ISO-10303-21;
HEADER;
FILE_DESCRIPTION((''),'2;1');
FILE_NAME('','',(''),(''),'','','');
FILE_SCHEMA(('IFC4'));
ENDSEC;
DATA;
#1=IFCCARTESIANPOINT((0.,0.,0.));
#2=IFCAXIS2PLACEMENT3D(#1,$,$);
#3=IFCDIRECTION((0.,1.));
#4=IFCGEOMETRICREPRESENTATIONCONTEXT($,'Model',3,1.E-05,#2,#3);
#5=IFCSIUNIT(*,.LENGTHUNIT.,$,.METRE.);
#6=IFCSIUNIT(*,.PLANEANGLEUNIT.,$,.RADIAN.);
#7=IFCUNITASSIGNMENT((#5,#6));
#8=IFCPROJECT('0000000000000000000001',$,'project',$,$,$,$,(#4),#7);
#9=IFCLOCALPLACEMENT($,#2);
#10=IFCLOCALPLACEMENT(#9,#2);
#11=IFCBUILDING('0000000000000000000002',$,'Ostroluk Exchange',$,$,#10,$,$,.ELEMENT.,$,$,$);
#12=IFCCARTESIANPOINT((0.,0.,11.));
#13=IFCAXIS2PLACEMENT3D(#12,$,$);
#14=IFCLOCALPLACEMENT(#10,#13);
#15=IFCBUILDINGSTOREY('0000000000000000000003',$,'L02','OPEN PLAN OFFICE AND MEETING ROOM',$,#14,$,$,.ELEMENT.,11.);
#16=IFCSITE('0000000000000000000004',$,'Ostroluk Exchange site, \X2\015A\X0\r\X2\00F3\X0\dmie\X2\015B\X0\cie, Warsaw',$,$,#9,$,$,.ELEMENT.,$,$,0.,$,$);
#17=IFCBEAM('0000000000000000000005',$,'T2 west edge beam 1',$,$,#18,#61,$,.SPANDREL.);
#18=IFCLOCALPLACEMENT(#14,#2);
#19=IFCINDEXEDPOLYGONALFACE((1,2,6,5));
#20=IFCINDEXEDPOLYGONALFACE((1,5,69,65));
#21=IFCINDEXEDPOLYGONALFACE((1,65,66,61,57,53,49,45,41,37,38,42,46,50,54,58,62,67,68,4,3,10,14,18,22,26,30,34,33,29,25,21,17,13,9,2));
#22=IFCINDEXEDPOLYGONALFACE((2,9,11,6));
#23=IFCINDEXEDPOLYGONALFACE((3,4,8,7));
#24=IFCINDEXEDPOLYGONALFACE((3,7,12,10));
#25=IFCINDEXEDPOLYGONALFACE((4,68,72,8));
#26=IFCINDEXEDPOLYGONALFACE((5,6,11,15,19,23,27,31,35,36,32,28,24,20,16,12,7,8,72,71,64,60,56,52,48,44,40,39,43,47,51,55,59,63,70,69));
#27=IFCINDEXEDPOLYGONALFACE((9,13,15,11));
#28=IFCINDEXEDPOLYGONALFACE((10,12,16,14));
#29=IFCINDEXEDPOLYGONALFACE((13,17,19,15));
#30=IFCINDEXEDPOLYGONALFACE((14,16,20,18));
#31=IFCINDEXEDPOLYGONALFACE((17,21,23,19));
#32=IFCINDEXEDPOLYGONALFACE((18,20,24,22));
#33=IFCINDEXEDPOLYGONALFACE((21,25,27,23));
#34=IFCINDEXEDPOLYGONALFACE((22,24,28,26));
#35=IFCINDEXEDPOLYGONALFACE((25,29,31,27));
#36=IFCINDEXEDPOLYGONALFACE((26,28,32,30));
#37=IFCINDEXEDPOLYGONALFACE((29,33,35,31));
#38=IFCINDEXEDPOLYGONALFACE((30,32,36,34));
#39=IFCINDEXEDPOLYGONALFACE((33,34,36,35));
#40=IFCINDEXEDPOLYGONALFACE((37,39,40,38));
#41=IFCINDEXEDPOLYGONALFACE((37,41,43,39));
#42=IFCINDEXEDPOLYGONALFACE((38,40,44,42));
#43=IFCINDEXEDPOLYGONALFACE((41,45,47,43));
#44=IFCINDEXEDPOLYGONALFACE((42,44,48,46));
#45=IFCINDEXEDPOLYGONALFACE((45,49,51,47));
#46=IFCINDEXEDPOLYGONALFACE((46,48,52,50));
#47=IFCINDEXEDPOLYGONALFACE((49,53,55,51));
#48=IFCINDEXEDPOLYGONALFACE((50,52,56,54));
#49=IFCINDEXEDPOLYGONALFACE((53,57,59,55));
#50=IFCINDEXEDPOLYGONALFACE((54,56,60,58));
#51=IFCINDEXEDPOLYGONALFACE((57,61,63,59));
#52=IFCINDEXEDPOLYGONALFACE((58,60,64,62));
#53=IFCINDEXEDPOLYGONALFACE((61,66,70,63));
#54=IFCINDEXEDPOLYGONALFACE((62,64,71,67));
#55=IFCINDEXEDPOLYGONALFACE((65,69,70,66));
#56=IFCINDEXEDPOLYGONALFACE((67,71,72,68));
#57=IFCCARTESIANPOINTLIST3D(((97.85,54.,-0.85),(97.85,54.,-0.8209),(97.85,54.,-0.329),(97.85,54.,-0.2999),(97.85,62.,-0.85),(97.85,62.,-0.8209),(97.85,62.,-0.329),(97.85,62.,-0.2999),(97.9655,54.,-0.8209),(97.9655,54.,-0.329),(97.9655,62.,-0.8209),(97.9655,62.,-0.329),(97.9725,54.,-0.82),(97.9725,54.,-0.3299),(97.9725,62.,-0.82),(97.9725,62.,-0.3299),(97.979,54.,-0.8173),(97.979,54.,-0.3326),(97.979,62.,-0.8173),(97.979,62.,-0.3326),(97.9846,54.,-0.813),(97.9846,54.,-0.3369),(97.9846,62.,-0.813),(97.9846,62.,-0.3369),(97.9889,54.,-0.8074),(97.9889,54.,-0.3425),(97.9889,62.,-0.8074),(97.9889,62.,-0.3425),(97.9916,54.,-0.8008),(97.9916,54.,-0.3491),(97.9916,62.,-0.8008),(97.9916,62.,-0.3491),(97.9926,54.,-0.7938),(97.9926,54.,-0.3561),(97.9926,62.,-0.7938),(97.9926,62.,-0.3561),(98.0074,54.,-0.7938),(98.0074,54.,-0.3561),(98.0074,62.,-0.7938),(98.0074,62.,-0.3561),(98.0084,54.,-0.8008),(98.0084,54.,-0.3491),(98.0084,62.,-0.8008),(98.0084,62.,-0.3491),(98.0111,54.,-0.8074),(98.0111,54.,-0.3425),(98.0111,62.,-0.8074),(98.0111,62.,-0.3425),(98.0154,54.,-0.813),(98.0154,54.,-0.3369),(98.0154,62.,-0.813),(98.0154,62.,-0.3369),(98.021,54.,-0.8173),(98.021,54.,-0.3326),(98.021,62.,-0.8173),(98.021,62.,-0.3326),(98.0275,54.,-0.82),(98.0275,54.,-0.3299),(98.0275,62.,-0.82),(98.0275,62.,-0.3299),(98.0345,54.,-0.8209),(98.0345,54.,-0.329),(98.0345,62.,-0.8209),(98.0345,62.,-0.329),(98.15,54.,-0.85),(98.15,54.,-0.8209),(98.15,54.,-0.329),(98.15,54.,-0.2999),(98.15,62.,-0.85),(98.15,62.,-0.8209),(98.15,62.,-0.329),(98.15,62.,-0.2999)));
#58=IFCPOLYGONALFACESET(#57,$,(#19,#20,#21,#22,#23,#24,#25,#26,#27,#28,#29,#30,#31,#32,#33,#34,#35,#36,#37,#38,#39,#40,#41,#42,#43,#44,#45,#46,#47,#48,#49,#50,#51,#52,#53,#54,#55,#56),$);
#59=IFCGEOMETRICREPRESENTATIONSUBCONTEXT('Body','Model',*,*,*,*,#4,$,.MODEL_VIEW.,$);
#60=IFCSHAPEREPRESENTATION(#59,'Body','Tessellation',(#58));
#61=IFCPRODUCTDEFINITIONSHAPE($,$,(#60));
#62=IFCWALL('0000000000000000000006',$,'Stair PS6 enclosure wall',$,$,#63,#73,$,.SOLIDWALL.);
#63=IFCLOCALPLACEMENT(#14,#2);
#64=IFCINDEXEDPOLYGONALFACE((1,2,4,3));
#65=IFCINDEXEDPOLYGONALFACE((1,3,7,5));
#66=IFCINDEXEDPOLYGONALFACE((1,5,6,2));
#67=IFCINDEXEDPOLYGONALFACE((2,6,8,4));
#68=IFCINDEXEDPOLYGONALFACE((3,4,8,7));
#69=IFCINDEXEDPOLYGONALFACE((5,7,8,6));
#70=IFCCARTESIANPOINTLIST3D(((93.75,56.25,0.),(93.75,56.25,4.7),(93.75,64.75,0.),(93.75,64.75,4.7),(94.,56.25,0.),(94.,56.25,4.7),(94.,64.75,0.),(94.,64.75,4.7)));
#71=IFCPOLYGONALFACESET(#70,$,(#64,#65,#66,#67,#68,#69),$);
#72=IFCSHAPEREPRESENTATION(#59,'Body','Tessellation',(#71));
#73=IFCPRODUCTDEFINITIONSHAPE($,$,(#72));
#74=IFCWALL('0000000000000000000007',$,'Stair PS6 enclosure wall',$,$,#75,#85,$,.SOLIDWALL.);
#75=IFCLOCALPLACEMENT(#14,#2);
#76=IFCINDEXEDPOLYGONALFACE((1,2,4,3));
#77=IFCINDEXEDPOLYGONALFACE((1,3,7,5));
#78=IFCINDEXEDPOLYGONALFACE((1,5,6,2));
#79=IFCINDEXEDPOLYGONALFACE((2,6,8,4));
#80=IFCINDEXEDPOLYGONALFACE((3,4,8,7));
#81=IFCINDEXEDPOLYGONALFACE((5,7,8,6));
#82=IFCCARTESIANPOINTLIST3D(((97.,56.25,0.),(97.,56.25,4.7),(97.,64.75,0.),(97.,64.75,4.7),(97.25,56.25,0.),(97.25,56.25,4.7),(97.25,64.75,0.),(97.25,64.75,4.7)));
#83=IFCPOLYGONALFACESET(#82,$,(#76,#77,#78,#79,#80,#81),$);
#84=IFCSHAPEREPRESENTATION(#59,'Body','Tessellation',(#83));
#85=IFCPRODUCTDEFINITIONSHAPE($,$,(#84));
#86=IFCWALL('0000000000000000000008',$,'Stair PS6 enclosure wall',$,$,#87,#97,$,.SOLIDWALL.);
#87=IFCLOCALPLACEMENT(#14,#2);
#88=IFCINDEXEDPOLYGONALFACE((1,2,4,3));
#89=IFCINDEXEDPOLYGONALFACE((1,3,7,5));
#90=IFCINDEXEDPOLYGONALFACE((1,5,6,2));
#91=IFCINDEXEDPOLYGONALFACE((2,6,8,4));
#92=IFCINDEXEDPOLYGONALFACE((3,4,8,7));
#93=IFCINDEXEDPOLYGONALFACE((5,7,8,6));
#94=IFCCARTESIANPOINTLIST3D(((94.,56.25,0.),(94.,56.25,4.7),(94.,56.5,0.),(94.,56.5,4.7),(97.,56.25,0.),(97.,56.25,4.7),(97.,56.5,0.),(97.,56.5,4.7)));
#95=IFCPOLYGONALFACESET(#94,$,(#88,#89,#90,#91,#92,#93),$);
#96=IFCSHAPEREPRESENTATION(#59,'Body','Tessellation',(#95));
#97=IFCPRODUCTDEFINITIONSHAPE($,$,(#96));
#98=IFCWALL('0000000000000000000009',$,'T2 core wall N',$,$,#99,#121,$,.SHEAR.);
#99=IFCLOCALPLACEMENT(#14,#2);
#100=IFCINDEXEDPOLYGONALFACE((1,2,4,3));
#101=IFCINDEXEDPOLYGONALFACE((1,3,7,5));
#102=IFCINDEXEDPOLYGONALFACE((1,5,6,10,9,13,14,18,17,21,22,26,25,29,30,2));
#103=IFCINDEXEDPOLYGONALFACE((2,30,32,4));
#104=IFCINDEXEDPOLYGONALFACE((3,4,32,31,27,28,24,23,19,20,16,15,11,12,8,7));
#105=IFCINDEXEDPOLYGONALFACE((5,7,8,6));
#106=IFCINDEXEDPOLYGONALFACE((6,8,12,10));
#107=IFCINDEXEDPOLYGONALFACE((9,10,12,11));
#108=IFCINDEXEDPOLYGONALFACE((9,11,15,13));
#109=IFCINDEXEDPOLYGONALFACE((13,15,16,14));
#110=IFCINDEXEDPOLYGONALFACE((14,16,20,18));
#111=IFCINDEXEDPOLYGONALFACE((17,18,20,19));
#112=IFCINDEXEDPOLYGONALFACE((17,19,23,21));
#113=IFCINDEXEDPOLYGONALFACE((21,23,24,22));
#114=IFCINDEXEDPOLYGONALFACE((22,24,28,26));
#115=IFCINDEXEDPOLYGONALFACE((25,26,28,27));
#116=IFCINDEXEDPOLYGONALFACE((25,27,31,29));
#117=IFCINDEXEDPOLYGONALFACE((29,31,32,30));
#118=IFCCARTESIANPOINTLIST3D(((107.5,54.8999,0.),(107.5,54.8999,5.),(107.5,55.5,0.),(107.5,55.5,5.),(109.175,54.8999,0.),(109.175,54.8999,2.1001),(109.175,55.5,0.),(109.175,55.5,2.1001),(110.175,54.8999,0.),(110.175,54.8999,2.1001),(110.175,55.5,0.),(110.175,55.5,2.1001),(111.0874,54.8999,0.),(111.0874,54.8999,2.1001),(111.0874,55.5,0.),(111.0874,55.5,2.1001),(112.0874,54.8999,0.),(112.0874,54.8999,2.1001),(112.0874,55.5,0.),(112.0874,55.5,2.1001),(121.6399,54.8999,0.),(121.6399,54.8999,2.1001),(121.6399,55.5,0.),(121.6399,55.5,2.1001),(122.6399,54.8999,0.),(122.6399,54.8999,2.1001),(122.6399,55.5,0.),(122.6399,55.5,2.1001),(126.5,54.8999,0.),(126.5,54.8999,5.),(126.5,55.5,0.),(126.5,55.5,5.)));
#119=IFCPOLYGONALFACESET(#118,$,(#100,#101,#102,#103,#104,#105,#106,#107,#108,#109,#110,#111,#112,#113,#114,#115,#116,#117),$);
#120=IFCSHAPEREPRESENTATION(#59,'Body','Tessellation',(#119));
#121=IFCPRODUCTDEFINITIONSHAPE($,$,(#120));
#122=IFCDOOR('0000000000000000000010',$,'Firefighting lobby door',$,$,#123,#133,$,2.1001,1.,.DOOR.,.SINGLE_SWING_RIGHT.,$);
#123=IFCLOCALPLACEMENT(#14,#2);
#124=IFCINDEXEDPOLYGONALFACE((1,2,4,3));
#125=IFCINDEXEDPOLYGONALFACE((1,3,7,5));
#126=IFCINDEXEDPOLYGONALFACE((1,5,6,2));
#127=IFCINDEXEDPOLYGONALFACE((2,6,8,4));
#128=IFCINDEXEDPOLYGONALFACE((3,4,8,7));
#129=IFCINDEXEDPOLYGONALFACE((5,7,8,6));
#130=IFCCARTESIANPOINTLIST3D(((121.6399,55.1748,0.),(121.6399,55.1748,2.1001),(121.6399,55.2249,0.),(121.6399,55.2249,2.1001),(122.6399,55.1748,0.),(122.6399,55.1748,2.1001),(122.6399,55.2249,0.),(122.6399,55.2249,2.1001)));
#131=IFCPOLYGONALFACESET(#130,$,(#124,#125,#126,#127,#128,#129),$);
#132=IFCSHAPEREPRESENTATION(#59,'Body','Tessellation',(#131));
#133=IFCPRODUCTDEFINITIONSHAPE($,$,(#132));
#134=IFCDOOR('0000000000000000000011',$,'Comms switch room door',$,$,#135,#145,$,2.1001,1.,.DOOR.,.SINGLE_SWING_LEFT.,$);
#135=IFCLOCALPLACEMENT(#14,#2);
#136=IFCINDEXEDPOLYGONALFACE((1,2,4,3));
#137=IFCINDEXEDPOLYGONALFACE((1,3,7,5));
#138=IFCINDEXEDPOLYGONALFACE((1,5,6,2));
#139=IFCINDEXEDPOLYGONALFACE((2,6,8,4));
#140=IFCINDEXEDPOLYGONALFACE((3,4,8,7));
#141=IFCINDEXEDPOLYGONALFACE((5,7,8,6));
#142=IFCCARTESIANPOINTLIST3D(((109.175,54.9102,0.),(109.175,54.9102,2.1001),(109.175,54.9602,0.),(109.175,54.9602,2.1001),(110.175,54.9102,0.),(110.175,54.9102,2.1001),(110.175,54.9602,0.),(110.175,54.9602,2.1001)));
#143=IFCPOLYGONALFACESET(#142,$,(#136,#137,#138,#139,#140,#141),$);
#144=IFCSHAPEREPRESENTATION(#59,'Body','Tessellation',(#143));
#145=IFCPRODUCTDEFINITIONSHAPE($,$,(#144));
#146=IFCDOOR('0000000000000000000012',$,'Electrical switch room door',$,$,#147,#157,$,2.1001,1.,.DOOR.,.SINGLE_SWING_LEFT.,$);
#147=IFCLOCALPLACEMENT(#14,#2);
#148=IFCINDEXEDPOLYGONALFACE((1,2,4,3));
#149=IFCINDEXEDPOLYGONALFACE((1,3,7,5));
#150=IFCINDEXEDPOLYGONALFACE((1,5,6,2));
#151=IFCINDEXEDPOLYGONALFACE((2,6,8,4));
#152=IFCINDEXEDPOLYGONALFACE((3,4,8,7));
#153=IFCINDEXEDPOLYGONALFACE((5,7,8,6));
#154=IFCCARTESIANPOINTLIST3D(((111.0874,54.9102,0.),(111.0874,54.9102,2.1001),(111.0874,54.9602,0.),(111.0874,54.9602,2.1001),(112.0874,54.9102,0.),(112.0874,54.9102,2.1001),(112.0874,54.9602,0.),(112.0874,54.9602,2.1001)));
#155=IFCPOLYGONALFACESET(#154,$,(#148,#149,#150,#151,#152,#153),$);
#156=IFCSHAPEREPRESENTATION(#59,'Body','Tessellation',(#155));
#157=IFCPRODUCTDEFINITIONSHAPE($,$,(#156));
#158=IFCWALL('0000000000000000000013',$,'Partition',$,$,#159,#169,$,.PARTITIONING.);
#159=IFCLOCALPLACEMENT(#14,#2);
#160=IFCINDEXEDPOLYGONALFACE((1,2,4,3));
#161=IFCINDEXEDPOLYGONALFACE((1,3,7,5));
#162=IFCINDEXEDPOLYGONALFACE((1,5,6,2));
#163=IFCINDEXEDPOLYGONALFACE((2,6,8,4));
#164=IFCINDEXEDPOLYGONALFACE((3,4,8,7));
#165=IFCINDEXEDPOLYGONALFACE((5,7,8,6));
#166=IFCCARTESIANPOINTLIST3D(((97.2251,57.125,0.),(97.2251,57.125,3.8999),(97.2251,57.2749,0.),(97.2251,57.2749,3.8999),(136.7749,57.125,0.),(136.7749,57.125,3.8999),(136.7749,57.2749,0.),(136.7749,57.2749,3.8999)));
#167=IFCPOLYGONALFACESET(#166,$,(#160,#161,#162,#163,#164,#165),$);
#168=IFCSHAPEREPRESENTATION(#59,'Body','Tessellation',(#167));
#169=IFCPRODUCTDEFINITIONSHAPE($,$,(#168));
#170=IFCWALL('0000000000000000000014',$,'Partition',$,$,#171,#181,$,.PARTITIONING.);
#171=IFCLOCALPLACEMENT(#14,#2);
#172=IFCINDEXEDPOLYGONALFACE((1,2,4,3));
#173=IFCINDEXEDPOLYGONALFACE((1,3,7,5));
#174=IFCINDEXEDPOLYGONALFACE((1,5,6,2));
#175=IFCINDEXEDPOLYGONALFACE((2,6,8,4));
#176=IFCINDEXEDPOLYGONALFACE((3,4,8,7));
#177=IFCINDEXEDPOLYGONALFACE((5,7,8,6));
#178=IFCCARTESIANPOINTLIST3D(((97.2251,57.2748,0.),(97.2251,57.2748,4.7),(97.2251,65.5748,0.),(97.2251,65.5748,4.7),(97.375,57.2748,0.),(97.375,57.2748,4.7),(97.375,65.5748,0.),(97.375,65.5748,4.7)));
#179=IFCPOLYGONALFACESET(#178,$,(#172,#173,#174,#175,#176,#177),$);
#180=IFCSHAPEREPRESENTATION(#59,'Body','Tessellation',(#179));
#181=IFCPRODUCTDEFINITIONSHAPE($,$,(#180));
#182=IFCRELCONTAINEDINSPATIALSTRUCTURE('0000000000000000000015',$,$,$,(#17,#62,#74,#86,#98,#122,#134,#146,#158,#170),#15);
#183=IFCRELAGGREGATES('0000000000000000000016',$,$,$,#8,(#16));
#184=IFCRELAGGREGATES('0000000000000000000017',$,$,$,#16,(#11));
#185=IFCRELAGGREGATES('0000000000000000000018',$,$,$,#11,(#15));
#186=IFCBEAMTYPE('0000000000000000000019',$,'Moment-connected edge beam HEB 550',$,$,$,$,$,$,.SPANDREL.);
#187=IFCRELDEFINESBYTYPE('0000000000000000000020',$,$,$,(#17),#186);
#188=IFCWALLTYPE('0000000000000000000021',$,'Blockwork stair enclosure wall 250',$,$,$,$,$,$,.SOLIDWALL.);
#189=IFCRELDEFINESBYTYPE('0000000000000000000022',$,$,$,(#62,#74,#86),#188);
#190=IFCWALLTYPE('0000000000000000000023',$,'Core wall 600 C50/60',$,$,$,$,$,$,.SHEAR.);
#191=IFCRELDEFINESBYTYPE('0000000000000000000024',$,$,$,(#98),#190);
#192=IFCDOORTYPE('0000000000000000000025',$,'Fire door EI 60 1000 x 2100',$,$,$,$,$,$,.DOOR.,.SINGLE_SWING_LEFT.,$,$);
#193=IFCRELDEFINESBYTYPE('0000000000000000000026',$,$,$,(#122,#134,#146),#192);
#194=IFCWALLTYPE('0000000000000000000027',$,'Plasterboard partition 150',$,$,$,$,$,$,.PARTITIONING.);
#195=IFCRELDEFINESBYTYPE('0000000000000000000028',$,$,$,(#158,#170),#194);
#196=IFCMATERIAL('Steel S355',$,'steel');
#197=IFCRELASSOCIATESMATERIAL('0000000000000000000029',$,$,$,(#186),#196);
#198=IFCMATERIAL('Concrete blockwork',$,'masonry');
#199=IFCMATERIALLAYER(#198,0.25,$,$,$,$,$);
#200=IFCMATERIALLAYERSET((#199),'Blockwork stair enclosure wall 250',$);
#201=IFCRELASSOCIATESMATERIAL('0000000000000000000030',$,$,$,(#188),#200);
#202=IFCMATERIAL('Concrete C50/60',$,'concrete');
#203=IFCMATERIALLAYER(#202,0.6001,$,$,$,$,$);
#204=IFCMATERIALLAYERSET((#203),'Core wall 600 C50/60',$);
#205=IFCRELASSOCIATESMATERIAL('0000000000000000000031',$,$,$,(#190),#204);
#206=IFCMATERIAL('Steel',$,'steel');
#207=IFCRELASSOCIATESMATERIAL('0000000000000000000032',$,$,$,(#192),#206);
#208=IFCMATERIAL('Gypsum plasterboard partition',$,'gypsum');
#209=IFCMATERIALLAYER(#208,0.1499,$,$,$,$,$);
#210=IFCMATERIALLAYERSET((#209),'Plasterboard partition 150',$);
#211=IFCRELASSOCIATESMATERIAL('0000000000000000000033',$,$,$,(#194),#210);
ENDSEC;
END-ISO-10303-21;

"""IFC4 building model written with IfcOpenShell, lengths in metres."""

from ifc_helpers import new_model, si_unit, direction, frame, frame_2d, origin, origin_2d, place, context, subcontext, project, spatial, rectangle, i_section, extrude, material, layer, layer_set, material_profile, profile_set, type_object, element, fill, save


model = new_model("IFC4")

# Units and contexts
model_context = context("Model", 3, precision=1e-05, world=origin(), true_north=direction((0.0, 1.0)))
body_context = subcontext(model_context, "Body", "Model", "MODEL_VIEW")
ifc_project = project(units=[si_unit("LENGTHUNIT", "METRE"), si_unit("PLANEANGLEUNIT", "RADIAN")], contexts=[model_context])

# Site, building, storey
site_placement = place(None, origin())
site = spatial("IfcSite", under=ifc_project, at=site_placement, Name="Ostroluk Exchange site, Śródmieście, Warsaw", CompositionType="ELEMENT", RefElevation=0.0)
building_placement = place(site_placement, origin())
building = spatial("IfcBuilding", under=site, at=building_placement, Name="Ostroluk Exchange", CompositionType="ELEMENT")
storey_placement = place(building_placement, frame((0.0, 0.0, 11.0)))
storey = spatial("IfcBuildingStorey", under=building, at=storey_placement, Name="L02", Description="OPEN PLAN OFFICE AND MEETING ROOM", CompositionType="ELEMENT", Elevation=11.0)

# Beam
ifc_material_1 = material(Name="Steel S355", Category="steel")
ifc_material_profile_1 = material_profile(ifc_material_1, i_section(OverallWidth=0.3, OverallDepth=0.55, WebThickness=0.0149, FlangeThickness=0.0291, FilletRadius=0.0271, at=origin_2d()), Name="HEB 550")
ifc_profile_set_1 = profile_set([ifc_material_profile_1], Name="Steel S355")
beam_type_1 = type_object("IfcBeamType", Name="Moment-connected edge beam HEB 550", PredefinedType="SPANDREL", material=ifc_profile_set_1)
beam_1_placement = place(storey_placement, frame((98.0, 62.0, -0.575), z_axis=(0.0, -1.0, 0.0), x_axis=(1.0, 0.0, 0.0)))
element("IfcBeam", 1, at=beam_1_placement, inside=storey, type_object=beam_type_1, Name="T2 west edge beam 1", PredefinedType="SPANDREL", context=body_context, shape_type="SweptSolid", body=[
    extrude(i_section(OverallWidth=0.3, OverallDepth=0.55, WebThickness=0.0149, FlangeThickness=0.0291, FilletRadius=0.0271, at=origin_2d()), origin(), (0.0, 0.0, 1.0), 8.0),
])

# Walls
ifc_material_2 = material(Name="Concrete blockwork", Category="masonry")
ifc_layer_1 = layer(ifc_material_2, 0.25)
ifc_layer_set_1 = layer_set([ifc_layer_1], Name="Blockwork stair enclosure wall 250")
wall_type_1 = type_object("IfcWallType", Name="Blockwork stair enclosure wall 250", PredefinedType="SOLIDWALL", material=ifc_layer_set_1)
for number, where, z_axis, x_axis, name in (
    (2, (93.875, 56.25, 0.0), (0.0, 0.0, 1.0), (0.0, 1.0, 0.0), "Stair PS6 enclosure wall"),
    (3, (97.125, 56.25, 0.0), (0.0, 0.0, 1.0), (0.0, 1.0, 0.0), "Stair PS6 enclosure wall"),
):
    element("IfcWall", number, at=place(storey_placement, frame(where, z_axis=z_axis, x_axis=x_axis)), inside=storey, type_object=wall_type_1, Name=name, PredefinedType="SOLIDWALL", context=body_context, shape_type="SweptSolid", body=[
        extrude(rectangle(XDim=8.5, YDim=0.25, at=frame_2d((4.25, 0.0))), origin(), (0.0, 0.0, 1.0), 4.7),
    ])
wall_1_placement = place(storey_placement, frame((94.0, 56.375, 0.0), z_axis=(0.0, 0.0, 1.0), x_axis=(1.0, 0.0, 0.0)))
element("IfcWall", 4, at=wall_1_placement, inside=storey, type_object=wall_type_1, Name="Stair PS6 enclosure wall", PredefinedType="SOLIDWALL", context=body_context, shape_type="SweptSolid", body=[
    extrude(rectangle(XDim=3.0, YDim=0.25, at=frame_2d((1.5, 0.0))), origin(), (0.0, 0.0, 1.0), 4.7),
])

# Wall, openings, doors
ifc_material_3 = material(Name="Concrete C50/60", Category="concrete")
ifc_layer_2 = layer(ifc_material_3, 0.6001)
ifc_layer_set_2 = layer_set([ifc_layer_2], Name="Core wall 600 C50/60")
wall_type_2 = type_object("IfcWallType", Name="Core wall 600 C50/60", PredefinedType="SHEAR", material=ifc_layer_set_2)
wall_2_placement = place(storey_placement, frame((107.5, 55.2, 0.0), z_axis=(0.0, 0.0, 1.0), x_axis=(1.0, 0.0, 0.0)))
wall_2 = element("IfcWall", 5, at=wall_2_placement, inside=storey, type_object=wall_type_2, Name="T2 core wall N", PredefinedType="SHEAR", context=body_context, shape_type="SweptSolid", body=[
    extrude(rectangle(XDim=19.0, YDim=0.6001, at=frame_2d((9.5, 0.0))), origin(), (0.0, 0.0, 1.0), 5.0),
])
opening_1_placement = place(wall_2_placement, frame((14.1399, 0.0, 0.0)))
opening_1 = element("IfcOpeningElement", 6, at=opening_1_placement, cuts=wall_2, PredefinedType="OPENING", context=body_context, shape_type="SweptSolid", body=[
    extrude(rectangle(XDim=1.0, YDim=2.1001, at=frame_2d((0.5, 1.05))), frame((0.0, 0.3101, 0.0), z_axis=(0.0, -1.0, 0.0), x_axis=(1.0, 0.0, 0.0)), (0.0, 0.0, 1.0), 0.6201),
])
opening_2_placement = place(wall_2_placement, frame((1.675, 0.0, 0.0)))
opening_2 = element("IfcOpeningElement", 7, at=opening_2_placement, cuts=wall_2, PredefinedType="OPENING", context=body_context, shape_type="SweptSolid", body=[
    extrude(rectangle(XDim=1.0, YDim=2.1001, at=frame_2d((0.5, 1.05))), frame((0.0, 0.3101, 0.0), z_axis=(0.0, -1.0, 0.0), x_axis=(1.0, 0.0, 0.0)), (0.0, 0.0, 1.0), 0.6201),
])
opening_3_placement = place(wall_2_placement, frame((3.5874, 0.0, 0.0)))
opening_3 = element("IfcOpeningElement", 8, at=opening_3_placement, cuts=wall_2, PredefinedType="OPENING", context=body_context, shape_type="SweptSolid", body=[
    extrude(rectangle(XDim=1.0, YDim=2.1001, at=frame_2d((0.5, 1.05))), frame((0.0, 0.3101, 0.0), z_axis=(0.0, -1.0, 0.0), x_axis=(1.0, 0.0, 0.0)), (0.0, 0.0, 1.0), 0.6201),
])
ifc_material_4 = material(Name="Steel", Category="steel")
door_type = type_object("IfcDoorType", Name="Fire door EI 60 1000 x 2100", OperationType="SINGLE_SWING_LEFT", PredefinedType="DOOR", material=ifc_material_4)
door_1_placement = place(opening_1_placement, origin())
door_1 = element("IfcDoor", 9, at=door_1_placement, inside=storey, type_object=door_type, Name="Firefighting lobby door", OperationType="SINGLE_SWING_RIGHT", OverallHeight=2.1001, OverallWidth=1.0, PredefinedType="DOOR", context=body_context, shape_type="SweptSolid", body=[
    extrude(rectangle(XDim=1.0, YDim=2.1001, at=frame_2d((0.5, 1.05))), frame((0.0, 0.0249, 0.0), z_axis=(0.0, -1.0, 0.0), x_axis=(1.0, 0.0, 0.0)), (0.0, 0.0, 1.0), 0.05),
])
fill(opening_1, door_1)
door_2_placement = place(opening_2_placement, origin())
door_2 = element("IfcDoor", 10, at=door_2_placement, inside=storey, type_object=door_type, Name="Comms switch room door", OperationType="SINGLE_SWING_LEFT", OverallHeight=2.1001, OverallWidth=1.0, PredefinedType="DOOR", context=body_context, shape_type="SweptSolid", body=[
    extrude(rectangle(XDim=1.0, YDim=2.1001, at=frame_2d((0.5, 1.05))), frame((0.0, -0.2397, 0.0), z_axis=(0.0, -1.0, 0.0), x_axis=(1.0, 0.0, 0.0)), (0.0, 0.0, 1.0), 0.05),
])
fill(opening_2, door_2)
door_3_placement = place(opening_3_placement, origin())
door_3 = element("IfcDoor", 11, at=door_3_placement, inside=storey, type_object=door_type, Name="Electrical switch room door", OperationType="SINGLE_SWING_LEFT", OverallHeight=2.1001, OverallWidth=1.0, PredefinedType="DOOR", context=body_context, shape_type="SweptSolid", body=[
    extrude(rectangle(XDim=1.0, YDim=2.1001, at=frame_2d((0.5, 1.05))), frame((0.0, -0.2397, 0.0), z_axis=(0.0, -1.0, 0.0), x_axis=(1.0, 0.0, 0.0)), (0.0, 0.0, 1.0), 0.05),
])
fill(opening_3, door_3)

# Walls
ifc_material_5 = material(Name="Gypsum plasterboard partition", Category="gypsum")
ifc_layer_3 = layer(ifc_material_5, 0.1499)
ifc_layer_set_3 = layer_set([ifc_layer_3], Name="Plasterboard partition 150")
wall_type_3 = type_object("IfcWallType", Name="Plasterboard partition 150", PredefinedType="PARTITIONING", material=ifc_layer_set_3)
wall_3_placement = place(storey_placement, frame((97.2251, 57.2, 0.0), z_axis=(0.0, 0.0, 1.0), x_axis=(1.0, 0.0, 0.0)))
element("IfcWall", 12, at=wall_3_placement, inside=storey, type_object=wall_type_3, Name="Partition", PredefinedType="PARTITIONING", context=body_context, shape_type="SweptSolid", body=[
    extrude(rectangle(XDim=39.5498, YDim=0.1499, at=frame_2d((19.7749, 0.0))), origin(), (0.0, 0.0, 1.0), 3.8999),
])
wall_4_placement = place(storey_placement, frame((97.3, 57.2749, 0.0), z_axis=(0.0, 0.0, 1.0), x_axis=(0.0, 1.0, 0.0)))
element("IfcWall", 13, at=wall_4_placement, inside=storey, type_object=wall_type_3, Name="Partition", PredefinedType="PARTITIONING", context=body_context, shape_type="SweptSolid", body=[
    extrude(rectangle(XDim=8.3, YDim=0.1499, at=frame_2d((4.1499, 0.0))), origin(), (0.0, 0.0, 1.0), 4.7),
])

save(model, "model.ifc")
